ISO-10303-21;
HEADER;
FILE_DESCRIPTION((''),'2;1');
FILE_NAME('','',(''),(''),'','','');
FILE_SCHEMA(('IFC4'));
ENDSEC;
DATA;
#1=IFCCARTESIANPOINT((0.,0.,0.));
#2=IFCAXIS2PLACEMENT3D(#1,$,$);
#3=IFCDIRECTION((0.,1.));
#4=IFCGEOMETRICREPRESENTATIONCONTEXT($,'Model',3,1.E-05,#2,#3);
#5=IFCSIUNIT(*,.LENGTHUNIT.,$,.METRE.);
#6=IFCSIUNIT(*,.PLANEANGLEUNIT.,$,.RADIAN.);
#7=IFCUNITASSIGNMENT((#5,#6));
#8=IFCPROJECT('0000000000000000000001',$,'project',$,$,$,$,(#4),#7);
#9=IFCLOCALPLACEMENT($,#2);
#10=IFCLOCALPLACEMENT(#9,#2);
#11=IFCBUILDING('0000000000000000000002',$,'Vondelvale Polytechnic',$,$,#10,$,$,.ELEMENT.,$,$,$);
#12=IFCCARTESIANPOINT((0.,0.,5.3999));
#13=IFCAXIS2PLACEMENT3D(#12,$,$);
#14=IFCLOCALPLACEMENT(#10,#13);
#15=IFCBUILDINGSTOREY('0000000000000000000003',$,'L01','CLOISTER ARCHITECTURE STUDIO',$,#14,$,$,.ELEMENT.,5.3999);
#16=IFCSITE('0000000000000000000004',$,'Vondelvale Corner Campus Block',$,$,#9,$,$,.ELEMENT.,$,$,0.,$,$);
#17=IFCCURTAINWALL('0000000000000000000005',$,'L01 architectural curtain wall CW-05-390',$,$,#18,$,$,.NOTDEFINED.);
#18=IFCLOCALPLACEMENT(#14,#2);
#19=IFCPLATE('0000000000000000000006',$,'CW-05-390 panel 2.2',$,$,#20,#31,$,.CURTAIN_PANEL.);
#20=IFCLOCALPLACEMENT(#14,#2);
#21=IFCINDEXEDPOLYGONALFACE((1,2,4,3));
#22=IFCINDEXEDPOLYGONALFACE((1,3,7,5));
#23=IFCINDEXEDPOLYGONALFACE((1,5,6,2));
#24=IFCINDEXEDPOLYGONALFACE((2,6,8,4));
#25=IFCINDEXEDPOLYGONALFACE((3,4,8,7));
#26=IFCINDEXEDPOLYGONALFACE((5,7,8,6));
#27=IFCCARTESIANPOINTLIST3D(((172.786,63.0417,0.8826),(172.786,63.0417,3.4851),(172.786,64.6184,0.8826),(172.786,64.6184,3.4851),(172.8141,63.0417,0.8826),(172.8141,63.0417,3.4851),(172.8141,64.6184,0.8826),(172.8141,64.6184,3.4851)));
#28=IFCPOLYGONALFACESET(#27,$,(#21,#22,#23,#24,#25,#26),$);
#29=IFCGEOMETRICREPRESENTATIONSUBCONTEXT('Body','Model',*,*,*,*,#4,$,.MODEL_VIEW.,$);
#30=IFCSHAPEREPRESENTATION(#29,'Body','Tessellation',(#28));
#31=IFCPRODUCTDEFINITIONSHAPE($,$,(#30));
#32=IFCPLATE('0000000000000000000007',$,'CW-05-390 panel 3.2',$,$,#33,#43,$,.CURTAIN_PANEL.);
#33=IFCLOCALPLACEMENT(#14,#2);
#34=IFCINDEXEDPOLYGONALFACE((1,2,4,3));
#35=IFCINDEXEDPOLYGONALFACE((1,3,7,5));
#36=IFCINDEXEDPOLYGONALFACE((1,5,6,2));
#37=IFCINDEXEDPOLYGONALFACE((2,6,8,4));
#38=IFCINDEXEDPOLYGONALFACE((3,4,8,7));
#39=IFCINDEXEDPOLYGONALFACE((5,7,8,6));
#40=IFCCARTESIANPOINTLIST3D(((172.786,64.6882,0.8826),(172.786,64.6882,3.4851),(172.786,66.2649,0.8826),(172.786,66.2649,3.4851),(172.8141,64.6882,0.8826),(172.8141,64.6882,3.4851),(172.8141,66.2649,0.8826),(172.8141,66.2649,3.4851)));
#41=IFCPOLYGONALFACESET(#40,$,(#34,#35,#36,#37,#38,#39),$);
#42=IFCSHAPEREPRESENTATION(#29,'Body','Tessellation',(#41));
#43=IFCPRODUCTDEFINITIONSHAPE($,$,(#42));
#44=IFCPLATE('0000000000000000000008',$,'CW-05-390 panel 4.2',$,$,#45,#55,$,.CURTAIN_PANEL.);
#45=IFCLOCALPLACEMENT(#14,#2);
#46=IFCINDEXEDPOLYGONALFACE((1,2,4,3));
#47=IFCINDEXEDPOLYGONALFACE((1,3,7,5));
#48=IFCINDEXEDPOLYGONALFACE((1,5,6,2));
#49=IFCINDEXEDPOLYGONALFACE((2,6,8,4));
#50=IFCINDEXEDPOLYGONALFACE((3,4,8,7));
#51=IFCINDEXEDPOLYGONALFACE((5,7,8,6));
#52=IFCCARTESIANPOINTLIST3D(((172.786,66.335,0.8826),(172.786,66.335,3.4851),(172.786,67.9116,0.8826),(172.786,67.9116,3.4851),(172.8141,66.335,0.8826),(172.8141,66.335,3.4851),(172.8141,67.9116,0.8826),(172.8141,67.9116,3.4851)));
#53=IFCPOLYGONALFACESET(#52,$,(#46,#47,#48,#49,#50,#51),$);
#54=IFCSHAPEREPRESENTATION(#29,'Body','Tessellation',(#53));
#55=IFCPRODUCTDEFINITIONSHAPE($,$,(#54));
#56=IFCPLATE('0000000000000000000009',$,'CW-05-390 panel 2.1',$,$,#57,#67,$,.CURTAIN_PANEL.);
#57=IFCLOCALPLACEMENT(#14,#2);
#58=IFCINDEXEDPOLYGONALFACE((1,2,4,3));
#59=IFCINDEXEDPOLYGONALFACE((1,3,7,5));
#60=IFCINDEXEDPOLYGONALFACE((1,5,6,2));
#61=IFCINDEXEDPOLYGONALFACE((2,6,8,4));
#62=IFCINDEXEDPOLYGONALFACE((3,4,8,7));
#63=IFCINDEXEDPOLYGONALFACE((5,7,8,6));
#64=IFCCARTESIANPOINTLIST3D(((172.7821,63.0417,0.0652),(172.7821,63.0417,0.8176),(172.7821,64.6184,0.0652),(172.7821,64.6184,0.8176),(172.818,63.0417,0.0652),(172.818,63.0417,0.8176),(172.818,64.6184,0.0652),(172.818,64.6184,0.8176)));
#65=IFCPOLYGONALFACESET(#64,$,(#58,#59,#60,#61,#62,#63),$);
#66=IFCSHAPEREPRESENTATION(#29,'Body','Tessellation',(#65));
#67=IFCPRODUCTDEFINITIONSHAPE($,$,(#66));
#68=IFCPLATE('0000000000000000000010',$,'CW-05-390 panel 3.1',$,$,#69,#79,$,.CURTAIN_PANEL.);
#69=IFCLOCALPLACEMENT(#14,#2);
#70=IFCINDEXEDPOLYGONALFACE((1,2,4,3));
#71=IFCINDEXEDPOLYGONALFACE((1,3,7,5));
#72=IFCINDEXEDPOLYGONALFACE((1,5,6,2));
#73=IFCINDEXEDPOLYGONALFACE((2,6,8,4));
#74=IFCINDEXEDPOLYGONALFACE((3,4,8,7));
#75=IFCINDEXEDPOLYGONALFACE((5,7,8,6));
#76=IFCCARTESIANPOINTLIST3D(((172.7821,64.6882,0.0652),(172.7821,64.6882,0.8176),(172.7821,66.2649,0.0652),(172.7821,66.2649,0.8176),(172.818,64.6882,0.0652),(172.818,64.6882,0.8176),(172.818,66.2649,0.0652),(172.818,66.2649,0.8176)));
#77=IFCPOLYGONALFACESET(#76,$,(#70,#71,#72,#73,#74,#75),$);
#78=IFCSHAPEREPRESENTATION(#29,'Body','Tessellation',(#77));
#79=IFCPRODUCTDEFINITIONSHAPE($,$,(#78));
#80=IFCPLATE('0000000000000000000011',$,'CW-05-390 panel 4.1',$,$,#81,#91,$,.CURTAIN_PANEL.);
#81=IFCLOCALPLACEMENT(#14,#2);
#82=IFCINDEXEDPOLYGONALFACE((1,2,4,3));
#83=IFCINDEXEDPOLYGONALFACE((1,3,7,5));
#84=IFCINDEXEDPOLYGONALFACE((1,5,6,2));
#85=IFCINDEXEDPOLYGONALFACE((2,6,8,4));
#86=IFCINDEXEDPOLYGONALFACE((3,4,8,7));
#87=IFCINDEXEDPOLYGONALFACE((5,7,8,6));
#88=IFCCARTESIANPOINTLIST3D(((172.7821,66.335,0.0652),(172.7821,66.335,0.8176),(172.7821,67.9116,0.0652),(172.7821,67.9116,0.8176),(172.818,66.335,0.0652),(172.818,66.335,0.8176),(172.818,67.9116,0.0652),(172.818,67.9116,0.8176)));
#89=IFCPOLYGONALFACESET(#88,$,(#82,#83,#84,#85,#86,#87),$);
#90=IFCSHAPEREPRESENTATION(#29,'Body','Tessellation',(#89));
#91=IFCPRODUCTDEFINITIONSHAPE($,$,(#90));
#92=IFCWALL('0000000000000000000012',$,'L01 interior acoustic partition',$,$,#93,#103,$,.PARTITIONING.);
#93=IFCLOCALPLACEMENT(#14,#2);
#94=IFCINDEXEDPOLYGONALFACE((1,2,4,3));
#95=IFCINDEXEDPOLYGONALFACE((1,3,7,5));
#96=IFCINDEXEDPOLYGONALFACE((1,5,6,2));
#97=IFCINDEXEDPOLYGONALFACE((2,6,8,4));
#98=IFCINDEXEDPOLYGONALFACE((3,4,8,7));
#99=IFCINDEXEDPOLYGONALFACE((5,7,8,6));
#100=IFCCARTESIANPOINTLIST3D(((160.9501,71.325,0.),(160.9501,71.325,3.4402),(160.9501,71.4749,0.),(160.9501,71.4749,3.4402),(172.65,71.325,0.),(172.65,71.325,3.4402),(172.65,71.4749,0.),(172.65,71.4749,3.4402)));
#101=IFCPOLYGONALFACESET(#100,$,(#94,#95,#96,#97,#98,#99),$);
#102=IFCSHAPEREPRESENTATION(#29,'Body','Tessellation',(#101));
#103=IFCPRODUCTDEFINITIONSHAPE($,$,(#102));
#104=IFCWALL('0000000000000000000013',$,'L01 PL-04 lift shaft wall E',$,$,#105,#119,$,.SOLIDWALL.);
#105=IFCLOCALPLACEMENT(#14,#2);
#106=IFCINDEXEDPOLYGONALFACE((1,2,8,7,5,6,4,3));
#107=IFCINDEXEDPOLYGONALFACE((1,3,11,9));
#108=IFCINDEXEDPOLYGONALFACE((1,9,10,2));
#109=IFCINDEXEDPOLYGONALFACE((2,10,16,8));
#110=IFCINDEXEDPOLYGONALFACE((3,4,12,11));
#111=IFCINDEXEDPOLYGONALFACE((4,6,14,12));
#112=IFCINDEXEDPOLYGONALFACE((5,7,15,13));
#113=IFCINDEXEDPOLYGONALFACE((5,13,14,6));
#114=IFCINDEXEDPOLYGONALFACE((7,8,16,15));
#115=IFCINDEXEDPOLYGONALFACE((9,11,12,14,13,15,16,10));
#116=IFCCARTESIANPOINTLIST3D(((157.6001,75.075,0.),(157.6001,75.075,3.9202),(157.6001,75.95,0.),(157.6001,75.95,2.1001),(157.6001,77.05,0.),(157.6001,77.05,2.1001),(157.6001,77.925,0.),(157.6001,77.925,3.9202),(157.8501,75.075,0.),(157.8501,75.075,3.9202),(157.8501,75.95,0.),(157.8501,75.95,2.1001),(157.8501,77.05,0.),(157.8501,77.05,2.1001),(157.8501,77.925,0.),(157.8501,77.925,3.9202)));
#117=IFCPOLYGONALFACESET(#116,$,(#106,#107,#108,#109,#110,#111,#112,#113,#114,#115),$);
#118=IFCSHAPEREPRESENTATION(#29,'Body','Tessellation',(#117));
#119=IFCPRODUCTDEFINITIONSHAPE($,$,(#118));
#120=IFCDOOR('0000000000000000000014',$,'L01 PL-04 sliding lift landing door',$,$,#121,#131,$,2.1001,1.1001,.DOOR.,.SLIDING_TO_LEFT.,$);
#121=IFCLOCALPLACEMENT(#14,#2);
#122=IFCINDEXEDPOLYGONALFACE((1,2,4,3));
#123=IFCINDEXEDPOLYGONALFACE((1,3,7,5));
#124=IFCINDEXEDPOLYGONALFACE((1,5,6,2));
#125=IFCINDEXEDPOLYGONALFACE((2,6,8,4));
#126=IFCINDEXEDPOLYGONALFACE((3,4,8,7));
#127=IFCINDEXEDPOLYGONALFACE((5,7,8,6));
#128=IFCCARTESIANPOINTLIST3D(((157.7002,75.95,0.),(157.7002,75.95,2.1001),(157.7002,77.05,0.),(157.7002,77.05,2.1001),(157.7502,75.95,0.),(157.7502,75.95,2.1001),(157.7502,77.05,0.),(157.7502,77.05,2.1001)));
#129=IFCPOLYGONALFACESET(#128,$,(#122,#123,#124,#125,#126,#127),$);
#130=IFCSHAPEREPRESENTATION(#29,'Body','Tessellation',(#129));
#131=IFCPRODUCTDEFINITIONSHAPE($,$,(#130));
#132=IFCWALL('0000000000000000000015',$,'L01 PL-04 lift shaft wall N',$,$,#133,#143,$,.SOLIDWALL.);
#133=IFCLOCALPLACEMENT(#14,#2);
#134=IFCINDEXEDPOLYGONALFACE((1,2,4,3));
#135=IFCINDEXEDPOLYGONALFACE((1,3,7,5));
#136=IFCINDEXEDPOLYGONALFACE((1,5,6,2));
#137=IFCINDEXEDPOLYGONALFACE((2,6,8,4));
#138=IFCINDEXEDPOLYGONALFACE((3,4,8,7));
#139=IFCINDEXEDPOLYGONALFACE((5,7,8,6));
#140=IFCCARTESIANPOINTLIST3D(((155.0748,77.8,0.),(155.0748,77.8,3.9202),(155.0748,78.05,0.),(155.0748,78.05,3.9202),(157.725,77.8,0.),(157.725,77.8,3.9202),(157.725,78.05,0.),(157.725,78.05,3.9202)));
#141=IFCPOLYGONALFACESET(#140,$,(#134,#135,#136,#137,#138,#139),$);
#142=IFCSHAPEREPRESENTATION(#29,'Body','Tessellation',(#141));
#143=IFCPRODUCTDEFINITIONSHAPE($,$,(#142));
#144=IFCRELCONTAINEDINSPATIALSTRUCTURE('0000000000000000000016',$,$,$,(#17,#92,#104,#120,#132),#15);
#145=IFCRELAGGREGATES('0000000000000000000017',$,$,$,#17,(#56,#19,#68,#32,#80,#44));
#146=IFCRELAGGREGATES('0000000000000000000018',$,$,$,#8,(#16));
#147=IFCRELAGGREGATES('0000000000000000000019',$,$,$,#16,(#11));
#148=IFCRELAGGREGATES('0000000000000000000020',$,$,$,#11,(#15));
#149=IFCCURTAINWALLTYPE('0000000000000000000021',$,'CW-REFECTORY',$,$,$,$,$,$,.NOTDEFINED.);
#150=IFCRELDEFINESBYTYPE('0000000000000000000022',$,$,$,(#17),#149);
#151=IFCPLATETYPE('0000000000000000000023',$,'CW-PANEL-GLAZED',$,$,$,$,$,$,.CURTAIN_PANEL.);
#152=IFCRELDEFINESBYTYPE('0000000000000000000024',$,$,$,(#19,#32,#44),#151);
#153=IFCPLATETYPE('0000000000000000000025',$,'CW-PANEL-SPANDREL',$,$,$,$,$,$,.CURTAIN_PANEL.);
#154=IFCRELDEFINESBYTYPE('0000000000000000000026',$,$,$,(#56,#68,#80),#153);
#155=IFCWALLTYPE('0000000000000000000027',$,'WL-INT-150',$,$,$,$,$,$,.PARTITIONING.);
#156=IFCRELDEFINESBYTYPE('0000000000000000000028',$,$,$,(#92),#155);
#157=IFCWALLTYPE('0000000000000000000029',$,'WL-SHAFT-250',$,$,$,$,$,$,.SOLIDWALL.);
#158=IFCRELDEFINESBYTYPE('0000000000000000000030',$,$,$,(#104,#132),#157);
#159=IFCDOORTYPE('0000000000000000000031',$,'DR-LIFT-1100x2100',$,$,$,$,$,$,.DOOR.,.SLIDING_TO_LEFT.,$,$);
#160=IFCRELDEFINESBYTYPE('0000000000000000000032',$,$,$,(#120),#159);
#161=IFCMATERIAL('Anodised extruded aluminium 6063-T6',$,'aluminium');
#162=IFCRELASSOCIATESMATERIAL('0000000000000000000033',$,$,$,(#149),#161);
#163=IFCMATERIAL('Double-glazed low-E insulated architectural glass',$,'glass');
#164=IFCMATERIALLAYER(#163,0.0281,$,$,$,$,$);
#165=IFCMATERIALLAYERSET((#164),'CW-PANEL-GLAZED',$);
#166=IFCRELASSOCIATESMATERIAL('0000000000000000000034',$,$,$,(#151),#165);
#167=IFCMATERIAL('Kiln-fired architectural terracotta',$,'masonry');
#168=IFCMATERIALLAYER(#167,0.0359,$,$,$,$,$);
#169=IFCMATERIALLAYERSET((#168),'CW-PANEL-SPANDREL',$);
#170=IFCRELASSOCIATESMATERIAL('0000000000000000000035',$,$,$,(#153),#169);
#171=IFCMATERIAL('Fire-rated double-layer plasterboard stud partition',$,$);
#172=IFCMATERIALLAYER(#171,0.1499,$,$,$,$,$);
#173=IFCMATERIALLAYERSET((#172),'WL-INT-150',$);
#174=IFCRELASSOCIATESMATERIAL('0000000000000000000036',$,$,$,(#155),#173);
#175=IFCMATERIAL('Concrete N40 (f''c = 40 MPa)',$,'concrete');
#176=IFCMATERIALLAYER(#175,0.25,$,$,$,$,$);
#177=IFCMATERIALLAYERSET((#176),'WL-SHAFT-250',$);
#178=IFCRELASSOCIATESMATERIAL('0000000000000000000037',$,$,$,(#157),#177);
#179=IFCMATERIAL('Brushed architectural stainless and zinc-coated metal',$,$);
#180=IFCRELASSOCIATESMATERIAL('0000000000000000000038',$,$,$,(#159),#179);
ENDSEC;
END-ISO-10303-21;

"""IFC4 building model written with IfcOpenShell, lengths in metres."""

from ifc_helpers import new_model, si_unit, direction, frame, frame_2d, origin, origin_2d, place, context, subcontext, project, spatial, rectangle, extrude, material, layer, layer_set, type_object, element, fill, aggregate, save


model = new_model("IFC4")

# Units and contexts
model_context = context("Model", 3, precision=1e-05, world=origin(), true_north=direction((0.0, 1.0)))
body_context = subcontext(model_context, "Body", "Model", "MODEL_VIEW")
ifc_project = project(units=[si_unit("LENGTHUNIT", "METRE"), si_unit("PLANEANGLEUNIT", "RADIAN")], contexts=[model_context])

# Site, building, storey
site_placement = place(None, origin())
site = spatial("IfcSite", under=ifc_project, at=site_placement, Name="Vondelvale Corner Campus Block", CompositionType="ELEMENT", RefElevation=0.0)
building_placement = place(site_placement, origin())
building = spatial("IfcBuilding", under=site, at=building_placement, Name="Vondelvale Polytechnic", CompositionType="ELEMENT")
storey_placement = place(building_placement, frame((0.0, 0.0, 5.3999)))
storey = spatial("IfcBuildingStorey", under=building, at=storey_placement, Name="L01", Description="CLOISTER ARCHITECTURE STUDIO", CompositionType="ELEMENT", Elevation=5.3999)

# Curtain wall, plates
ifc_material_1 = material(Name="Anodised extruded aluminium 6063-T6", Category="aluminium")
curtain_wall_type = type_object("IfcCurtainWallType", Name="CW-REFECTORY", PredefinedType="NOTDEFINED", material=ifc_material_1)
curtain_wall_placement = place(storey_placement, origin())
curtain_wall = element("IfcCurtainWall", 1, at=curtain_wall_placement, inside=storey, type_object=curtain_wall_type, Name="L01 architectural curtain wall CW-05-390", PredefinedType="NOTDEFINED")
ifc_material_2 = material(Name="Double-glazed low-E insulated architectural glass", Category="glass")
ifc_layer_1 = layer(ifc_material_2, 0.0281)
ifc_layer_set_1 = layer_set([ifc_layer_1], Name="CW-PANEL-GLAZED")
plate_type_1 = type_object("IfcPlateType", Name="CW-PANEL-GLAZED", PredefinedType="CURTAIN_PANEL", material=ifc_layer_set_1)
plate_1_placement = place(storey_placement, frame((172.8, 63.8301, 0.8826), z_axis=(0.0, 0.0, 1.0), x_axis=(0.0, 1.0, 0.0)))
plate_1 = element("IfcPlate", 2, at=plate_1_placement, type_object=plate_type_1, Name="CW-05-390 panel 2.2", PredefinedType="CURTAIN_PANEL", context=body_context, shape_type="SweptSolid", body=[
    extrude(rectangle(XDim=1.5767, YDim=0.0281, at=origin_2d()), origin(), (0.0, 0.0, 1.0), 2.6025),
])
plate_2_placement = place(storey_placement, frame((172.8, 65.4766, 0.8826), z_axis=(0.0, 0.0, 1.0), x_axis=(0.0, 1.0, 0.0)))
plate_2 = element("IfcPlate", 3, at=plate_2_placement, type_object=plate_type_1, Name="CW-05-390 panel 3.2", PredefinedType="CURTAIN_PANEL", context=body_context, shape_type="SweptSolid", body=[
    extrude(rectangle(XDim=1.5767, YDim=0.0281, at=origin_2d()), origin(), (0.0, 0.0, 1.0), 2.6025),
])
plate_3_placement = place(storey_placement, frame((172.8, 67.1233, 0.8826), z_axis=(0.0, 0.0, 1.0), x_axis=(0.0, 1.0, 0.0)))
plate_3 = element("IfcPlate", 4, at=plate_3_placement, type_object=plate_type_1, Name="CW-05-390 panel 4.2", PredefinedType="CURTAIN_PANEL", context=body_context, shape_type="SweptSolid", body=[
    extrude(rectangle(XDim=1.5767, YDim=0.0281, at=origin_2d()), origin(), (0.0, 0.0, 1.0), 2.6025),
])
ifc_material_3 = material(Name="Kiln-fired architectural terracotta", Category="masonry")
ifc_layer_2 = layer(ifc_material_3, 0.0359)
ifc_layer_set_2 = layer_set([ifc_layer_2], Name="CW-PANEL-SPANDREL")
plate_type_2 = type_object("IfcPlateType", Name="CW-PANEL-SPANDREL", PredefinedType="CURTAIN_PANEL", material=ifc_layer_set_2)
plate_4_placement = place(storey_placement, frame((172.8, 63.8301, 0.0652), z_axis=(0.0, 0.0, 1.0), x_axis=(0.0, 1.0, 0.0)))
plate_4 = element("IfcPlate", 5, at=plate_4_placement, type_object=plate_type_2, Name="CW-05-390 panel 2.1", PredefinedType="CURTAIN_PANEL", context=body_context, shape_type="SweptSolid", body=[
    extrude(rectangle(XDim=1.5767, YDim=0.0359, at=origin_2d()), origin(), (0.0, 0.0, 1.0), 0.7524),
])
plate_5_placement = place(storey_placement, frame((172.8, 65.4766, 0.0652), z_axis=(0.0, 0.0, 1.0), x_axis=(0.0, 1.0, 0.0)))
plate_5 = element("IfcPlate", 6, at=plate_5_placement, type_object=plate_type_2, Name="CW-05-390 panel 3.1", PredefinedType="CURTAIN_PANEL", context=body_context, shape_type="SweptSolid", body=[
    extrude(rectangle(XDim=1.5767, YDim=0.0359, at=origin_2d()), origin(), (0.0, 0.0, 1.0), 0.7524),
])
plate_6_placement = place(storey_placement, frame((172.8, 67.1233, 0.0652), z_axis=(0.0, 0.0, 1.0), x_axis=(0.0, 1.0, 0.0)))
plate_6 = element("IfcPlate", 7, at=plate_6_placement, type_object=plate_type_2, Name="CW-05-390 panel 4.1", PredefinedType="CURTAIN_PANEL", context=body_context, shape_type="SweptSolid", body=[
    extrude(rectangle(XDim=1.5767, YDim=0.0359, at=origin_2d()), origin(), (0.0, 0.0, 1.0), 0.7524),
])
aggregate(curtain_wall, [plate_4, plate_1, plate_5, plate_2, plate_6, plate_3])

# Wall
ifc_material_4 = material(Name="Fire-rated double-layer plasterboard stud partition")
ifc_layer_3 = layer(ifc_material_4, 0.1499)
ifc_layer_set_3 = layer_set([ifc_layer_3], Name="WL-INT-150")
wall_type_1 = type_object("IfcWallType", Name="WL-INT-150", PredefinedType="PARTITIONING", material=ifc_layer_set_3)
wall_1_placement = place(storey_placement, frame((160.95, 71.3999, 0.0), z_axis=(0.0, 0.0, 1.0), x_axis=(1.0, 0.0, 0.0)))
element("IfcWall", 8, at=wall_1_placement, inside=storey, type_object=wall_type_1, Name="L01 interior acoustic partition", PredefinedType="PARTITIONING", context=body_context, shape_type="SweptSolid", body=[
    extrude(rectangle(XDim=11.7, YDim=0.1499, at=frame_2d((5.8501, 0.0))), origin(), (0.0, 0.0, 1.0), 3.4402),
])

# Wall, opening, door
ifc_material_5 = material(Name="Concrete N40 (f'c = 40 MPa)", Category="concrete")
ifc_layer_4 = layer(ifc_material_5, 0.25)
ifc_layer_set_4 = layer_set([ifc_layer_4], Name="WL-SHAFT-250")
wall_type_2 = type_object("IfcWallType", Name="WL-SHAFT-250", PredefinedType="SOLIDWALL", material=ifc_layer_set_4)
wall_2_placement = place(storey_placement, frame((157.7251, 75.075, 0.0), z_axis=(0.0, 0.0, 1.0), x_axis=(0.0, 1.0, 0.0)))
wall_2 = element("IfcWall", 9, at=wall_2_placement, inside=storey, type_object=wall_type_2, Name="L01 PL-04 lift shaft wall E", PredefinedType="SOLIDWALL", context=body_context, shape_type="SweptSolid", body=[
    extrude(rectangle(XDim=2.8501, YDim=0.25, at=frame_2d((1.425, 0.0))), origin(), (0.0, 0.0, 1.0), 3.9202),
])
opening_placement = place(wall_2_placement, frame((0.875, 0.0, 0.0)))
opening = element("IfcOpeningElement", 10, at=opening_placement, cuts=wall_2, PredefinedType="OPENING", context=body_context, shape_type="SweptSolid", body=[
    extrude(rectangle(XDim=1.1001, YDim=2.1001, at=frame_2d((0.55, 1.05))), frame((0.0, 0.135, 0.0), z_axis=(0.0, -1.0, 0.0), x_axis=(1.0, 0.0, 0.0)), (0.0, 0.0, 1.0), 0.27),
])
ifc_material_6 = material(Name="Brushed architectural stainless and zinc-coated metal")
door_type = type_object("IfcDoorType", Name="DR-LIFT-1100x2100", OperationType="SLIDING_TO_LEFT", PredefinedType="DOOR", material=ifc_material_6)
door_placement = place(opening_placement, origin())
door = element("IfcDoor", 11, at=door_placement, inside=storey, type_object=door_type, Name="L01 PL-04 sliding lift landing door", OperationType="SLIDING_TO_LEFT", OverallHeight=2.1001, OverallWidth=1.1001, PredefinedType="DOOR", context=body_context, shape_type="SweptSolid", body=[
    extrude(rectangle(XDim=1.1001, YDim=2.1001, at=frame_2d((0.55, 1.05))), frame((0.0, 0.0249, 0.0), z_axis=(0.0, -1.0, 0.0), x_axis=(1.0, 0.0, 0.0)), (0.0, 0.0, 1.0), 0.05),
])
fill(opening, door)

# Wall
wall_3_placement = place(storey_placement, frame((157.7251, 77.925, 0.0), z_axis=(0.0, 0.0, 1.0), x_axis=(-1.0, 0.0, 0.0)))
element("IfcWall", 12, at=wall_3_placement, inside=storey, type_object=wall_type_2, Name="L01 PL-04 lift shaft wall N", PredefinedType="SOLIDWALL", context=body_context, shape_type="SweptSolid", body=[
    extrude(rectangle(XDim=2.6501, YDim=0.25, at=frame_2d((1.3252, 0.0))), origin(), (0.0, 0.0, 1.0), 3.9202),
])

save(model, "model.ifc")
